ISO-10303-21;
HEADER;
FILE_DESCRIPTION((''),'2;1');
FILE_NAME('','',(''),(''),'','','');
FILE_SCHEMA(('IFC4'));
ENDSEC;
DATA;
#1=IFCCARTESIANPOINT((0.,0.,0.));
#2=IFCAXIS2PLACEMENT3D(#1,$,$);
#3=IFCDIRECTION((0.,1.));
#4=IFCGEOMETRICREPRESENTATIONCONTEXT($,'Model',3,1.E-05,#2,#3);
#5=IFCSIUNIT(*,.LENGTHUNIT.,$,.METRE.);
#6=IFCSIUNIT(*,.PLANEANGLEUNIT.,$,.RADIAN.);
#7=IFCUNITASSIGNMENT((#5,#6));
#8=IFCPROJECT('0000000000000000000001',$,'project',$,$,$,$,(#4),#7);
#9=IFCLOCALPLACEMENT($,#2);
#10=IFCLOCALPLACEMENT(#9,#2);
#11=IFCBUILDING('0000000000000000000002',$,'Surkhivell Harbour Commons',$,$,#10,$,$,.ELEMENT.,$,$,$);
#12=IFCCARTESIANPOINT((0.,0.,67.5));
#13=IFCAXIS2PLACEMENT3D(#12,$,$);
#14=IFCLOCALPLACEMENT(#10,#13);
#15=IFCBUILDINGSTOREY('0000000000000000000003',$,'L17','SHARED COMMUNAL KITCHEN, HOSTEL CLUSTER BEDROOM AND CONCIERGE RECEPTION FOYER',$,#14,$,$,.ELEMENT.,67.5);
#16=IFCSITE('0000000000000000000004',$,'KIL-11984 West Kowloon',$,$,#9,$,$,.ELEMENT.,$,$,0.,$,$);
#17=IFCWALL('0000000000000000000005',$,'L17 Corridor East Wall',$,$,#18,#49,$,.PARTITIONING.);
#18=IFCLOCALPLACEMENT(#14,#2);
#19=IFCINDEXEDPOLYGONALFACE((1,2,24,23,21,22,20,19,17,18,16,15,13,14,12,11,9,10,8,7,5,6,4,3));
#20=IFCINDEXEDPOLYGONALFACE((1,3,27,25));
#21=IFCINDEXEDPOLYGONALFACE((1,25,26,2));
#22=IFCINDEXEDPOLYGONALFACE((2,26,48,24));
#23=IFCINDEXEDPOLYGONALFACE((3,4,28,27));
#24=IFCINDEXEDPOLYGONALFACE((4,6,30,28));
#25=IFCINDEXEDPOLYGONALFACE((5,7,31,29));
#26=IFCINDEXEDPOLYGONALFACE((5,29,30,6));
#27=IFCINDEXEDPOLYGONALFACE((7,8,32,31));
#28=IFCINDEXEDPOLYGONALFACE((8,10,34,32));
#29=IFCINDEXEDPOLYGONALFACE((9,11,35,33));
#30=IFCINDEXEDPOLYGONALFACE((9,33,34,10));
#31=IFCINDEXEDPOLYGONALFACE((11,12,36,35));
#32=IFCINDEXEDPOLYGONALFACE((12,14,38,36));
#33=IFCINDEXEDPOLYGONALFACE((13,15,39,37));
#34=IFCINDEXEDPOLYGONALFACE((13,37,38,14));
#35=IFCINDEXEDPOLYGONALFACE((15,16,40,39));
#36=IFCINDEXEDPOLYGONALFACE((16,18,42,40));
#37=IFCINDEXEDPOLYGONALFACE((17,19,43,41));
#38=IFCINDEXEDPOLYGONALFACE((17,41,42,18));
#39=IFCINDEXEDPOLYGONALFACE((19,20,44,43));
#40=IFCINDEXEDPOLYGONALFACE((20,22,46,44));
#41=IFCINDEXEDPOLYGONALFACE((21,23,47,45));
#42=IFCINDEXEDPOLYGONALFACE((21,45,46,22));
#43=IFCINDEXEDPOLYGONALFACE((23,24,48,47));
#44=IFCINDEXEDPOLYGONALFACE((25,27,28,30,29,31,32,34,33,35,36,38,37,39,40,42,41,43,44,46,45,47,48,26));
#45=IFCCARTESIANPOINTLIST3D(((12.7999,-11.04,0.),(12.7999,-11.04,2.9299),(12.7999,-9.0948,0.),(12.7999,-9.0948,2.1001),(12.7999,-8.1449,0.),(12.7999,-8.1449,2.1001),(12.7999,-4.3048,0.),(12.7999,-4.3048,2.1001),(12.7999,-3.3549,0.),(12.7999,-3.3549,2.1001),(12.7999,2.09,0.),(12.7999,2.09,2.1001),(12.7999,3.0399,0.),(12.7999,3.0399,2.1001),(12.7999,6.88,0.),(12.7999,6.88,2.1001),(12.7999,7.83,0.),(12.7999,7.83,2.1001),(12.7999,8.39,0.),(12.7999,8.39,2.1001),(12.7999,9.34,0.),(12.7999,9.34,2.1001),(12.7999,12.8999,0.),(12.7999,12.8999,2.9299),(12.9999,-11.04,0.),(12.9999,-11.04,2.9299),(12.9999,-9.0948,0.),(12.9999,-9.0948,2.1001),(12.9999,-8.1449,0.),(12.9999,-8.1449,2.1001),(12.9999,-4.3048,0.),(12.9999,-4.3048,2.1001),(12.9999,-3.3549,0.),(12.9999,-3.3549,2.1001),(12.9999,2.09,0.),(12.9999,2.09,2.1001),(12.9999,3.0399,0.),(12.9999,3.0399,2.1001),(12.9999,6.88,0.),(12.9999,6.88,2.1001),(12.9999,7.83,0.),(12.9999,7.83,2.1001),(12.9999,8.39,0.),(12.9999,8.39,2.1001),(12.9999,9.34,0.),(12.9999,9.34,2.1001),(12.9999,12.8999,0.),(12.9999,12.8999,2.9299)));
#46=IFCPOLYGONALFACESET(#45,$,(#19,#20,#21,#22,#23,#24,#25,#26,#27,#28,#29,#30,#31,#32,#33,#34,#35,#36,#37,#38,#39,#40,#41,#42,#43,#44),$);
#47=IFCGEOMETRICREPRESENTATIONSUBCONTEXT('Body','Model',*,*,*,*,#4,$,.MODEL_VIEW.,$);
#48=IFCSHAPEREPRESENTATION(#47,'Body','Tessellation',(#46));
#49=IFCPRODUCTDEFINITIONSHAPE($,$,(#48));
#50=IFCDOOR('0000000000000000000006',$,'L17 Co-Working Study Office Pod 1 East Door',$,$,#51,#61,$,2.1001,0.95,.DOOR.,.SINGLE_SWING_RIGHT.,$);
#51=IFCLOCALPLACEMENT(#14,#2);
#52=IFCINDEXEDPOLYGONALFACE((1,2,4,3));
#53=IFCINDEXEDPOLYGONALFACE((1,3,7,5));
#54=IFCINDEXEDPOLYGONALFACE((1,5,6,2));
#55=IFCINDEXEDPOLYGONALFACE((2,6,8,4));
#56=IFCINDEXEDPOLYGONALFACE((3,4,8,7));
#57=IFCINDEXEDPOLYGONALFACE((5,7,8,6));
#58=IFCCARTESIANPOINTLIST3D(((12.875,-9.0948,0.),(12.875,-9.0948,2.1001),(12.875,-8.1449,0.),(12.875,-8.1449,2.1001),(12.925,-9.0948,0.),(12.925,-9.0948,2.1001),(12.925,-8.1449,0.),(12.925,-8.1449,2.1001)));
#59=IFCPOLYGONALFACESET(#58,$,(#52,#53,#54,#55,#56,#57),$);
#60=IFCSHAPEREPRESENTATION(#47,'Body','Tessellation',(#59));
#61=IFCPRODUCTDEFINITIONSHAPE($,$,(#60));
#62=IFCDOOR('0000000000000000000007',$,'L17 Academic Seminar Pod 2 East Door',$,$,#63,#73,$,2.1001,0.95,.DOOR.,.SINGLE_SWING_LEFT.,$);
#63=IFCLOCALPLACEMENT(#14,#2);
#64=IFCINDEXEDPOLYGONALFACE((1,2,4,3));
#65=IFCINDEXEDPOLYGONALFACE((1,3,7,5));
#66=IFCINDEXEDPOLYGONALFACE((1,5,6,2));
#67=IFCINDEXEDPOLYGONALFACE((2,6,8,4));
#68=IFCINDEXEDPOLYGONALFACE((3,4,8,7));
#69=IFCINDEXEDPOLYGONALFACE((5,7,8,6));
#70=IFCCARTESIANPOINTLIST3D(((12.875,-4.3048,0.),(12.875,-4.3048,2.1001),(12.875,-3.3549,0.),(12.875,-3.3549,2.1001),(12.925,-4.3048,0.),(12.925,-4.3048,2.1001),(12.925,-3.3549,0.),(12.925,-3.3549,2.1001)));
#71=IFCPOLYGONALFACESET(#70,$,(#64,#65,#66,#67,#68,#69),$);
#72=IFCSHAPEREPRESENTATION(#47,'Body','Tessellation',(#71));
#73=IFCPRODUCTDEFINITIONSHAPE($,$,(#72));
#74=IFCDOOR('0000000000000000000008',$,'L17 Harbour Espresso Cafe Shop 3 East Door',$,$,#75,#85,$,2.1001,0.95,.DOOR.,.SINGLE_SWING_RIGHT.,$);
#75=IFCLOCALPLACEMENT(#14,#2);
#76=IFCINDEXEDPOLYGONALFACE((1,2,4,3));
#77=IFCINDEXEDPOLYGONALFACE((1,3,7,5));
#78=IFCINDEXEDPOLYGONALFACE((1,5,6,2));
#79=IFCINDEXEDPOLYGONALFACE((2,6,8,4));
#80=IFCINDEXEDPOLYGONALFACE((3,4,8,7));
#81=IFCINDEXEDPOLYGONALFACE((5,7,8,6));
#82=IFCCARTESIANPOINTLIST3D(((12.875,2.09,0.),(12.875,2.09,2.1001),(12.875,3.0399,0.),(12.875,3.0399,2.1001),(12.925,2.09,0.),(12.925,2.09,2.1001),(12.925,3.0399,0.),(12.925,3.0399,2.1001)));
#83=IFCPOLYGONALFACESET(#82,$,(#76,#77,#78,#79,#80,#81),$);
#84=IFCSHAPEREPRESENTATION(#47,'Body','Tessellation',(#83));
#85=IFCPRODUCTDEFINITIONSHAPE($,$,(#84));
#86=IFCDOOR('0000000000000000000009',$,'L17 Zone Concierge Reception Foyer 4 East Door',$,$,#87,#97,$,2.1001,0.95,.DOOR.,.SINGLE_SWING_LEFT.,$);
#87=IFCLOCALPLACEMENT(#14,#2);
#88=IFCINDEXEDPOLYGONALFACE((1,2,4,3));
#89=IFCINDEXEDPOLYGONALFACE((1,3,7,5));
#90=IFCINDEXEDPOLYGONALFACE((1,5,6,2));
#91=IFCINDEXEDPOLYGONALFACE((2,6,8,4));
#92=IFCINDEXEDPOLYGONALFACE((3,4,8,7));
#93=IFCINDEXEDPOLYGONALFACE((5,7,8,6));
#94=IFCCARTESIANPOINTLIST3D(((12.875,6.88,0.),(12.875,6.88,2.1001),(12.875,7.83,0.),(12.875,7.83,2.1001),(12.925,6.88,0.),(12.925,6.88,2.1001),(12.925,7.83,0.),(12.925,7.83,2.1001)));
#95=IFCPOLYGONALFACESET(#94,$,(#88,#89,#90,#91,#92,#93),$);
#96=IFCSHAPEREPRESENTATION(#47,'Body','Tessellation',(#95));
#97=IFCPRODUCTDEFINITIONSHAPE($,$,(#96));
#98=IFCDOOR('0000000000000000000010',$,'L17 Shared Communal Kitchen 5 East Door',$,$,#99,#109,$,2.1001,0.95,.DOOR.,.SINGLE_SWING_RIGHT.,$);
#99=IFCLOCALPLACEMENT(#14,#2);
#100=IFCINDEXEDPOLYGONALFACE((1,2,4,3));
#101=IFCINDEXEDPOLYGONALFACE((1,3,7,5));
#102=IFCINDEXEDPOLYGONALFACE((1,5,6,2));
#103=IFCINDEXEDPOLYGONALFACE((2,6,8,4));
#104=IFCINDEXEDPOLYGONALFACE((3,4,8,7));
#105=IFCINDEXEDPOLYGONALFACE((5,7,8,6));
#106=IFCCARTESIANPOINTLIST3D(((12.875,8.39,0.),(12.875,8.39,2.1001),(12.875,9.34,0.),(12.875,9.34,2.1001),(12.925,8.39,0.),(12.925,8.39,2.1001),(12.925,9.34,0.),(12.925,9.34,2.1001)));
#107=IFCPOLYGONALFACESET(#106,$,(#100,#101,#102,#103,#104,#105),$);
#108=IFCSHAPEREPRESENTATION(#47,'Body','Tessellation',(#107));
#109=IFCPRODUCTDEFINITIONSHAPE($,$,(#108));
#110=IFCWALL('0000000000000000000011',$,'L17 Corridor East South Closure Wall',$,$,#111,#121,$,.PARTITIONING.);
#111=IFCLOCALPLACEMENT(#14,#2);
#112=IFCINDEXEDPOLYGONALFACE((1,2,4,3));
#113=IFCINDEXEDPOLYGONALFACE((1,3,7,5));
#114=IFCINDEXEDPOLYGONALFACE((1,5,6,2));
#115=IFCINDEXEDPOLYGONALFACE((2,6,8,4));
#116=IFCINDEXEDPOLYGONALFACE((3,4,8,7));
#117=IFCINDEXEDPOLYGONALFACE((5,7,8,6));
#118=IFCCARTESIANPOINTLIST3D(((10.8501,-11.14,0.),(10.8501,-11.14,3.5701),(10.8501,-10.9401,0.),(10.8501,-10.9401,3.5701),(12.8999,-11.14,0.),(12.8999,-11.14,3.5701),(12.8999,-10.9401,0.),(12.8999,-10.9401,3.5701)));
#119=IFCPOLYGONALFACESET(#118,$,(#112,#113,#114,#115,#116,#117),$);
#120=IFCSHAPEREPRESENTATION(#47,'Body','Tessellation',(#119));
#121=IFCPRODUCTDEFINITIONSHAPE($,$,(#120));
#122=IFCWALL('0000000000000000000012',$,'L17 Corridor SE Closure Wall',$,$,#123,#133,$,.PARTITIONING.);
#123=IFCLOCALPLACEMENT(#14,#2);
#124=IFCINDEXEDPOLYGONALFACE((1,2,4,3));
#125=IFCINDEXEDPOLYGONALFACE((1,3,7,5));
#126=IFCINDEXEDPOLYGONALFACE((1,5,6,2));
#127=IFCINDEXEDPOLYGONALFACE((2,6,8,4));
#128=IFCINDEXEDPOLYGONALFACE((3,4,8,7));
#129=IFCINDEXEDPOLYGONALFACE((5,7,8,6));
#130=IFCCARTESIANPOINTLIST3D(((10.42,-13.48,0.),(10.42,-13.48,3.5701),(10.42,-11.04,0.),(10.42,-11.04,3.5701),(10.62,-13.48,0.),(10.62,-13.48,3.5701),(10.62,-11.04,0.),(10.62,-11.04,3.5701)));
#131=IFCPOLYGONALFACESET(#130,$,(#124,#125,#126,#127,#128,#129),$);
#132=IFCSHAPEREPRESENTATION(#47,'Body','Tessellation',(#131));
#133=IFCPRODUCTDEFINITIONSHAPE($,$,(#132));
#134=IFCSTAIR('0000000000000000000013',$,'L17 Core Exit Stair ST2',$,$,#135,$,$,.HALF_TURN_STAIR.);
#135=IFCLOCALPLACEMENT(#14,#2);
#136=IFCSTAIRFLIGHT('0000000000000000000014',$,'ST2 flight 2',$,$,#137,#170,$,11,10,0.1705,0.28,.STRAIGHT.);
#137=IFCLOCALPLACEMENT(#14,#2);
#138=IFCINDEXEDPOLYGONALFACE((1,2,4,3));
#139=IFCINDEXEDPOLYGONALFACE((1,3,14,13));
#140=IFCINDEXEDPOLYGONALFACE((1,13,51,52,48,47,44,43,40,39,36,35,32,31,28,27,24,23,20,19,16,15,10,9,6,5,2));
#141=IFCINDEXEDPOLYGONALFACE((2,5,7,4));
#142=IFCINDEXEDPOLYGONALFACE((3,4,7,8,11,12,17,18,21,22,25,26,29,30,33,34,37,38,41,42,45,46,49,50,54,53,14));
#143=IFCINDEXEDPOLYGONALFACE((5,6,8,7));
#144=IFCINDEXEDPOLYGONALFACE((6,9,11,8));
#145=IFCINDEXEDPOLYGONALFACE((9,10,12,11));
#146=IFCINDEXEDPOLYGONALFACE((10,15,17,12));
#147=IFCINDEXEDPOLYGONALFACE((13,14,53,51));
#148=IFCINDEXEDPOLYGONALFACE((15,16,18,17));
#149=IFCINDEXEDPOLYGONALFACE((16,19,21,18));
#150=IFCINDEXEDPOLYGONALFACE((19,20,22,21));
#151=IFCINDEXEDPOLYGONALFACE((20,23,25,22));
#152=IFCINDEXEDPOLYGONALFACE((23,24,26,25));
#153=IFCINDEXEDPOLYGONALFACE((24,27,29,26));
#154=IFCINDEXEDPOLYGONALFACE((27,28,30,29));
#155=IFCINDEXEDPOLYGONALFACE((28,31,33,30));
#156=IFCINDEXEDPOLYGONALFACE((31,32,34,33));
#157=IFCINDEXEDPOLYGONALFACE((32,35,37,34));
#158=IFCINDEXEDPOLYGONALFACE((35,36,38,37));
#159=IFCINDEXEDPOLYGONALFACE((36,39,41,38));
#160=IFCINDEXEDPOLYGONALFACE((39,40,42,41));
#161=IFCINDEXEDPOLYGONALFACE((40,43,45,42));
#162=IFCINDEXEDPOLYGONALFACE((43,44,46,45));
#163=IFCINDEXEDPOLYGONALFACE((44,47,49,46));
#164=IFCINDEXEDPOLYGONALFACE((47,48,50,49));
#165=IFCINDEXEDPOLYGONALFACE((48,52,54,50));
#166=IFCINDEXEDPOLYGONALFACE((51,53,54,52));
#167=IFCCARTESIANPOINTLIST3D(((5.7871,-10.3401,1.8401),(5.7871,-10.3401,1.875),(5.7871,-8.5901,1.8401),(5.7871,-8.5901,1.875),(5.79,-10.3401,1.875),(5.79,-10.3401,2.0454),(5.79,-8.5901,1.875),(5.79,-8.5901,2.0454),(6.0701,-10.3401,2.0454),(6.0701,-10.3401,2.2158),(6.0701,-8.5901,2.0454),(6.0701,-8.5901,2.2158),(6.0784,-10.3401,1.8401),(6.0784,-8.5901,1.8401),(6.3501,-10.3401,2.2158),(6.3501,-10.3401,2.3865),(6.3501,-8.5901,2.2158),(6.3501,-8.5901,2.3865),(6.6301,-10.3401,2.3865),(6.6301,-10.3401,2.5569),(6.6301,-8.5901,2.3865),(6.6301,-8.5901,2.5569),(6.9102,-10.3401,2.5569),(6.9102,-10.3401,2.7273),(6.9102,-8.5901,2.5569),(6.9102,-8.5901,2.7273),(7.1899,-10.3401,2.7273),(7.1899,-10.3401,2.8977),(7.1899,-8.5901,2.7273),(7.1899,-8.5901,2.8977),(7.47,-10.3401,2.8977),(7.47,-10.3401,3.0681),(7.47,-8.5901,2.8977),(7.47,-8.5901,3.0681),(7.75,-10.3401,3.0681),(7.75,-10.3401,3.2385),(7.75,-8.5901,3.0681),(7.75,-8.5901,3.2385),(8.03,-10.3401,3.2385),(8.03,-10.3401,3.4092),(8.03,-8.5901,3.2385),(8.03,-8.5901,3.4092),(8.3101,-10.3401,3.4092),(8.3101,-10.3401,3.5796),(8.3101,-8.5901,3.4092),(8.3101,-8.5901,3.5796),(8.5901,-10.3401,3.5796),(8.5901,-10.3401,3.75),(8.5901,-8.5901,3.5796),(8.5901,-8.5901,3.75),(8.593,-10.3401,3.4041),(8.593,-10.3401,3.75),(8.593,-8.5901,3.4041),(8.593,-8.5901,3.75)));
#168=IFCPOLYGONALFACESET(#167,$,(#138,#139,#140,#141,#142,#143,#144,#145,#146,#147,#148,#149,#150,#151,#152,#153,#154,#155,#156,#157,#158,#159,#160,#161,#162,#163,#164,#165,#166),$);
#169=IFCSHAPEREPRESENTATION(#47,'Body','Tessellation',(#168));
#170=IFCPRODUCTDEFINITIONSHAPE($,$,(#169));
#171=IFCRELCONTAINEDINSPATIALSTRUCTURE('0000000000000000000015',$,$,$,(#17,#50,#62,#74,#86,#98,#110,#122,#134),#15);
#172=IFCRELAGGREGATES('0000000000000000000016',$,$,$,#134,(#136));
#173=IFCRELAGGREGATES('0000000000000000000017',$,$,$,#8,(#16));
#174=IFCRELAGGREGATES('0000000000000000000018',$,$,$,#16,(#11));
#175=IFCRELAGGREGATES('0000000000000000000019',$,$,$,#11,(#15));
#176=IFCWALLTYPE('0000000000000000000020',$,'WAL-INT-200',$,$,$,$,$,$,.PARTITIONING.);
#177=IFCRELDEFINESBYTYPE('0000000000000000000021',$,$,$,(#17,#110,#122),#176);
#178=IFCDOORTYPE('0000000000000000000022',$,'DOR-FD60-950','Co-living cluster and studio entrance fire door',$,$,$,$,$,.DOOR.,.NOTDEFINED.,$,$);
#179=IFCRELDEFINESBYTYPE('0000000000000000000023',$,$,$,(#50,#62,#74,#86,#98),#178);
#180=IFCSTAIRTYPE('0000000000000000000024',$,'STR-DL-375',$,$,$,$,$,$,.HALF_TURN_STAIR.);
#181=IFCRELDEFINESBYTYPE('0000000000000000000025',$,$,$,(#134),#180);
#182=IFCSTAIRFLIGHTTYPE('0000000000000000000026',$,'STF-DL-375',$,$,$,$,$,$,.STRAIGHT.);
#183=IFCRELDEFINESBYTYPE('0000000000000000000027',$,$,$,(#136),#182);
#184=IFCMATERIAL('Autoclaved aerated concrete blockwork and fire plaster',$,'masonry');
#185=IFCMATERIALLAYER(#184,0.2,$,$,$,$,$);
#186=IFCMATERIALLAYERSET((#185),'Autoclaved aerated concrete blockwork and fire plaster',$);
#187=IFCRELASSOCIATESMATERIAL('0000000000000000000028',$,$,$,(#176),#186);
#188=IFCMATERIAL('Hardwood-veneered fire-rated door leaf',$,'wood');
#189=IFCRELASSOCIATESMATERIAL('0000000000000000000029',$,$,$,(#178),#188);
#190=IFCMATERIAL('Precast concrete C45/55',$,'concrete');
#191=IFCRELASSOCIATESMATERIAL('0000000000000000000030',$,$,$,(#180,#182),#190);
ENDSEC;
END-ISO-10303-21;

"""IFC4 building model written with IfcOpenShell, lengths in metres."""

from ifc_helpers import new_model, si_unit, direction, frame, frame_2d, origin, place, context, subcontext, project, spatial, polyline, rectangle, outline, extrude, material, layer, layer_set, type_object, element, fill, aggregate, save


model = new_model("IFC4")

# Units and contexts
model_context = context("Model", 3, precision=1e-05, world=origin(), true_north=direction((0.0, 1.0)))
body_context = subcontext(model_context, "Body", "Model", "MODEL_VIEW")
ifc_project = project(units=[si_unit("LENGTHUNIT", "METRE"), si_unit("PLANEANGLEUNIT", "RADIAN")], contexts=[model_context])

# Site, building, storey
site_placement = place(None, origin())
site = spatial("IfcSite", under=ifc_project, at=site_placement, Name="KIL-11984 West Kowloon", CompositionType="ELEMENT", RefElevation=0.0)
building_placement = place(site_placement, origin())
building = spatial("IfcBuilding", under=site, at=building_placement, Name="Surkhivell Harbour Commons", CompositionType="ELEMENT")
storey_placement = place(building_placement, frame((0.0, 0.0, 67.5)))
storey = spatial("IfcBuildingStorey", under=building, at=storey_placement, Name="L17", Description="SHARED COMMUNAL KITCHEN, HOSTEL CLUSTER BEDROOM AND CONCIERGE RECEPTION FOYER", CompositionType="ELEMENT", Elevation=67.5)

# Shared definitions
ifc_material_1 = material(Name="Autoclaved aerated concrete blockwork and fire plaster", Category="masonry")
ifc_layer_1 = layer(ifc_material_1, 0.2)
ifc_layer_set_1 = layer_set([ifc_layer_1], Name="Autoclaved aerated concrete blockwork and fire plaster")
wall_type_1 = type_object("IfcWallType", Name="WAL-INT-200", PredefinedType="PARTITIONING", material=ifc_layer_set_1)

# Wall, openings, doors
wall_1_placement = place(storey_placement, frame((12.8999, -11.04, 0.0), z_axis=(0.0, 0.0, 1.0), x_axis=(0.0, 1.0, 0.0)))
wall_1 = element("IfcWall", 1, at=wall_1_placement, inside=storey, type_object=wall_type_1, Name="L17 Corridor East Wall", PredefinedType="PARTITIONING", context=body_context, shape_type="SweptSolid", body=[
    extrude(rectangle(XDim=23.9399, YDim=0.2, at=frame_2d((11.97, 0.0))), origin(), (0.0, 0.0, 1.0), 2.9299),
])
opening_1_placement = place(wall_1_placement, frame((1.9451, 0.0, 0.0)))
opening_1 = element("IfcOpeningElement", 2, at=opening_1_placement, cuts=wall_1, PredefinedType="OPENING", context=body_context, shape_type="SweptSolid", body=[
    extrude(rectangle(XDim=0.95, YDim=2.1001, at=frame_2d((0.4751, 1.05))), frame((0.0, 0.1099, 0.0), z_axis=(0.0, -1.0, 0.0), x_axis=(1.0, 0.0, 0.0)), (0.0, 0.0, 1.0), 0.22),
])
opening_2_placement = place(wall_1_placement, frame((6.7351, 0.0, 0.0)))
opening_2 = element("IfcOpeningElement", 3, at=opening_2_placement, cuts=wall_1, PredefinedType="OPENING", context=body_context, shape_type="SweptSolid", body=[
    extrude(rectangle(XDim=0.95, YDim=2.1001, at=frame_2d((0.4751, 1.05))), frame((0.0, 0.1099, 0.0), z_axis=(0.0, -1.0, 0.0), x_axis=(1.0, 0.0, 0.0)), (0.0, 0.0, 1.0), 0.22),
])
opening_3_placement = place(wall_1_placement, frame((13.1299, 0.0, 0.0)))
opening_3 = element("IfcOpeningElement", 4, at=opening_3_placement, cuts=wall_1, PredefinedType="OPENING", context=body_context, shape_type="SweptSolid", body=[
    extrude(rectangle(XDim=0.95, YDim=2.1001, at=frame_2d((0.4751, 1.05))), frame((0.0, 0.1099, 0.0), z_axis=(0.0, -1.0, 0.0), x_axis=(1.0, 0.0, 0.0)), (0.0, 0.0, 1.0), 0.22),
])
opening_4_placement = place(wall_1_placement, frame((17.9199, 0.0, 0.0)))
opening_4 = element("IfcOpeningElement", 5, at=opening_4_placement, cuts=wall_1, PredefinedType="OPENING", context=body_context, shape_type="SweptSolid", body=[
    extrude(rectangle(XDim=0.95, YDim=2.1001, at=frame_2d((0.4751, 1.05))), frame((0.0, 0.1099, 0.0), z_axis=(0.0, -1.0, 0.0), x_axis=(1.0, 0.0, 0.0)), (0.0, 0.0, 1.0), 0.22),
])
opening_5_placement = place(wall_1_placement, frame((19.4299, 0.0, 0.0)))
opening_5 = element("IfcOpeningElement", 6, at=opening_5_placement, cuts=wall_1, PredefinedType="OPENING", context=body_context, shape_type="SweptSolid", body=[
    extrude(rectangle(XDim=0.95, YDim=2.1001, at=frame_2d((0.4751, 1.05))), frame((0.0, 0.1099, 0.0), z_axis=(0.0, -1.0, 0.0), x_axis=(1.0, 0.0, 0.0)), (0.0, 0.0, 1.0), 0.22),
])
ifc_material_2 = material(Name="Hardwood-veneered fire-rated door leaf", Category="wood")
door_type = type_object("IfcDoorType", Name="DOR-FD60-950", Description="Co-living cluster and studio entrance fire door", OperationType="NOTDEFINED", PredefinedType="DOOR", material=ifc_material_2)
door_1_placement = place(opening_1_placement, origin())
door_1 = element("IfcDoor", 7, at=door_1_placement, inside=storey, type_object=door_type, Name="L17 Co-Working Study Office Pod 1 East Door", OperationType="SINGLE_SWING_RIGHT", OverallHeight=2.1001, OverallWidth=0.95, PredefinedType="DOOR", context=body_context, shape_type="SweptSolid", body=[
    extrude(rectangle(XDim=0.95, YDim=2.1001, at=frame_2d((0.4751, 1.05))), frame((0.0, 0.0249, 0.0), z_axis=(0.0, -1.0, 0.0), x_axis=(1.0, 0.0, 0.0)), (0.0, 0.0, 1.0), 0.05),
])
fill(opening_1, door_1)
door_2_placement = place(opening_2_placement, origin())
door_2 = element("IfcDoor", 8, at=door_2_placement, inside=storey, type_object=door_type, Name="L17 Academic Seminar Pod 2 East Door", OperationType="SINGLE_SWING_LEFT", OverallHeight=2.1001, OverallWidth=0.95, PredefinedType="DOOR", context=body_context, shape_type="SweptSolid", body=[
    extrude(rectangle(XDim=0.95, YDim=2.1001, at=frame_2d((0.4751, 1.05))), frame((0.0, 0.0249, 0.0), z_axis=(0.0, -1.0, 0.0), x_axis=(1.0, 0.0, 0.0)), (0.0, 0.0, 1.0), 0.05),
])
fill(opening_2, door_2)
door_3_placement = place(opening_3_placement, origin())
door_3 = element("IfcDoor", 9, at=door_3_placement, inside=storey, type_object=door_type, Name="L17 Harbour Espresso Cafe Shop 3 East Door", OperationType="SINGLE_SWING_RIGHT", OverallHeight=2.1001, OverallWidth=0.95, PredefinedType="DOOR", context=body_context, shape_type="SweptSolid", body=[
    extrude(rectangle(XDim=0.95, YDim=2.1001, at=frame_2d((0.4751, 1.05))), frame((0.0, 0.0249, 0.0), z_axis=(0.0, -1.0, 0.0), x_axis=(1.0, 0.0, 0.0)), (0.0, 0.0, 1.0), 0.05),
])
fill(opening_3, door_3)
door_4_placement = place(opening_4_placement, origin())
door_4 = element("IfcDoor", 10, at=door_4_placement, inside=storey, type_object=door_type, Name="L17 Zone Concierge Reception Foyer 4 East Door", OperationType="SINGLE_SWING_LEFT", OverallHeight=2.1001, OverallWidth=0.95, PredefinedType="DOOR", context=body_context, shape_type="SweptSolid", body=[
    extrude(rectangle(XDim=0.95, YDim=2.1001, at=frame_2d((0.4751, 1.05))), frame((0.0, 0.0249, 0.0), z_axis=(0.0, -1.0, 0.0), x_axis=(1.0, 0.0, 0.0)), (0.0, 0.0, 1.0), 0.05),
])
fill(opening_4, door_4)
door_5_placement = place(opening_5_placement, origin())
door_5 = element("IfcDoor", 11, at=door_5_placement, inside=storey, type_object=door_type, Name="L17 Shared Communal Kitchen 5 East Door", OperationType="SINGLE_SWING_RIGHT", OverallHeight=2.1001, OverallWidth=0.95, PredefinedType="DOOR", context=body_context, shape_type="SweptSolid", body=[
    extrude(rectangle(XDim=0.95, YDim=2.1001, at=frame_2d((0.4751, 1.05))), frame((0.0, 0.0249, 0.0), z_axis=(0.0, -1.0, 0.0), x_axis=(1.0, 0.0, 0.0)), (0.0, 0.0, 1.0), 0.05),
])
fill(opening_5, door_5)

# Walls
wall_2_placement = place(storey_placement, frame((10.8501, -11.04, 0.0), z_axis=(0.0, 0.0, 1.0), x_axis=(1.0, 0.0, 0.0)))
element("IfcWall", 12, at=wall_2_placement, inside=storey, type_object=wall_type_1, Name="L17 Corridor East South Closure Wall", PredefinedType="PARTITIONING", context=body_context, shape_type="SweptSolid", body=[
    extrude(rectangle(XDim=2.0498, YDim=0.2, at=frame_2d((1.0249, 0.0))), origin(), (0.0, 0.0, 1.0), 3.5701),
])
wall_3_placement = place(storey_placement, frame((10.52, -13.48, 0.0), z_axis=(0.0, 0.0, 1.0), x_axis=(0.0, 1.0, 0.0)))
element("IfcWall", 13, at=wall_3_placement, inside=storey, type_object=wall_type_1, Name="L17 Corridor SE Closure Wall", PredefinedType="PARTITIONING", context=body_context, shape_type="SweptSolid", body=[
    extrude(rectangle(XDim=2.4399, YDim=0.2, at=frame_2d((1.22, 0.0))), origin(), (0.0, 0.0, 1.0), 3.5701),
])

# Stair, stair flight
ifc_material_3 = material(Name="Precast concrete C45/55", Category="concrete")
stair_type = type_object("IfcStairType", Name="STR-DL-375", PredefinedType="HALF_TURN_STAIR", material=ifc_material_3)
stair_placement = place(storey_placement, origin())
stair = element("IfcStair", 14, at=stair_placement, inside=storey, type_object=stair_type, Name="L17 Core Exit Stair ST2", PredefinedType="HALF_TURN_STAIR")
stair_flight_type = type_object("IfcStairFlightType", Name="STF-DL-375", PredefinedType="STRAIGHT", material=ifc_material_3)
stair_flight_placement = place(storey_placement, frame((5.79, -9.4651, 1.875), z_axis=(0.0, 0.0, 1.0), x_axis=(1.0, 0.0, 0.0)))
stair_flight = element("IfcStairFlight", 15, at=stair_flight_placement, type_object=stair_flight_type, Name="ST2 flight 2", NumberOfRisers=11, NumberOfTreads=10, PredefinedType="STRAIGHT", RiserHeight=0.1705, TreadLength=0.28, context=body_context, shape_type="SweptSolid", body=[
    extrude(outline(polyline([(-0.0029, -0.0349), (-0.0029, 0.0), (0.0, 0.0), (0.0, 0.1704), (0.28, 0.1704), (0.28, 0.3408), (0.5601, 0.3408), (0.5601, 0.5115), (0.8401, 0.5115), (0.8401, 0.6819), (1.1201, 0.6819), (1.1201, 0.8523), (1.3999, 0.8523), (1.3999, 1.0227), (1.6799, 1.0227), (1.6799, 1.1931), (1.96, 1.1931), (1.96, 1.3635), (2.24, 1.3635), (2.24, 1.5342), (2.52, 1.5342), (2.52, 1.7046), (2.8, 1.7046), (2.8, 1.875), (2.803, 1.875), (2.803, 1.5291), (0.2883, -0.0349), (-0.0029, -0.0349)])), frame((0.0, 0.875, 0.0), z_axis=(0.0, -1.0, 0.0), x_axis=(1.0, 0.0, 0.0)), (0.0, 0.0, 1.0), 1.75),
])
aggregate(stair, [stair_flight])

save(model, "model.ifc")
